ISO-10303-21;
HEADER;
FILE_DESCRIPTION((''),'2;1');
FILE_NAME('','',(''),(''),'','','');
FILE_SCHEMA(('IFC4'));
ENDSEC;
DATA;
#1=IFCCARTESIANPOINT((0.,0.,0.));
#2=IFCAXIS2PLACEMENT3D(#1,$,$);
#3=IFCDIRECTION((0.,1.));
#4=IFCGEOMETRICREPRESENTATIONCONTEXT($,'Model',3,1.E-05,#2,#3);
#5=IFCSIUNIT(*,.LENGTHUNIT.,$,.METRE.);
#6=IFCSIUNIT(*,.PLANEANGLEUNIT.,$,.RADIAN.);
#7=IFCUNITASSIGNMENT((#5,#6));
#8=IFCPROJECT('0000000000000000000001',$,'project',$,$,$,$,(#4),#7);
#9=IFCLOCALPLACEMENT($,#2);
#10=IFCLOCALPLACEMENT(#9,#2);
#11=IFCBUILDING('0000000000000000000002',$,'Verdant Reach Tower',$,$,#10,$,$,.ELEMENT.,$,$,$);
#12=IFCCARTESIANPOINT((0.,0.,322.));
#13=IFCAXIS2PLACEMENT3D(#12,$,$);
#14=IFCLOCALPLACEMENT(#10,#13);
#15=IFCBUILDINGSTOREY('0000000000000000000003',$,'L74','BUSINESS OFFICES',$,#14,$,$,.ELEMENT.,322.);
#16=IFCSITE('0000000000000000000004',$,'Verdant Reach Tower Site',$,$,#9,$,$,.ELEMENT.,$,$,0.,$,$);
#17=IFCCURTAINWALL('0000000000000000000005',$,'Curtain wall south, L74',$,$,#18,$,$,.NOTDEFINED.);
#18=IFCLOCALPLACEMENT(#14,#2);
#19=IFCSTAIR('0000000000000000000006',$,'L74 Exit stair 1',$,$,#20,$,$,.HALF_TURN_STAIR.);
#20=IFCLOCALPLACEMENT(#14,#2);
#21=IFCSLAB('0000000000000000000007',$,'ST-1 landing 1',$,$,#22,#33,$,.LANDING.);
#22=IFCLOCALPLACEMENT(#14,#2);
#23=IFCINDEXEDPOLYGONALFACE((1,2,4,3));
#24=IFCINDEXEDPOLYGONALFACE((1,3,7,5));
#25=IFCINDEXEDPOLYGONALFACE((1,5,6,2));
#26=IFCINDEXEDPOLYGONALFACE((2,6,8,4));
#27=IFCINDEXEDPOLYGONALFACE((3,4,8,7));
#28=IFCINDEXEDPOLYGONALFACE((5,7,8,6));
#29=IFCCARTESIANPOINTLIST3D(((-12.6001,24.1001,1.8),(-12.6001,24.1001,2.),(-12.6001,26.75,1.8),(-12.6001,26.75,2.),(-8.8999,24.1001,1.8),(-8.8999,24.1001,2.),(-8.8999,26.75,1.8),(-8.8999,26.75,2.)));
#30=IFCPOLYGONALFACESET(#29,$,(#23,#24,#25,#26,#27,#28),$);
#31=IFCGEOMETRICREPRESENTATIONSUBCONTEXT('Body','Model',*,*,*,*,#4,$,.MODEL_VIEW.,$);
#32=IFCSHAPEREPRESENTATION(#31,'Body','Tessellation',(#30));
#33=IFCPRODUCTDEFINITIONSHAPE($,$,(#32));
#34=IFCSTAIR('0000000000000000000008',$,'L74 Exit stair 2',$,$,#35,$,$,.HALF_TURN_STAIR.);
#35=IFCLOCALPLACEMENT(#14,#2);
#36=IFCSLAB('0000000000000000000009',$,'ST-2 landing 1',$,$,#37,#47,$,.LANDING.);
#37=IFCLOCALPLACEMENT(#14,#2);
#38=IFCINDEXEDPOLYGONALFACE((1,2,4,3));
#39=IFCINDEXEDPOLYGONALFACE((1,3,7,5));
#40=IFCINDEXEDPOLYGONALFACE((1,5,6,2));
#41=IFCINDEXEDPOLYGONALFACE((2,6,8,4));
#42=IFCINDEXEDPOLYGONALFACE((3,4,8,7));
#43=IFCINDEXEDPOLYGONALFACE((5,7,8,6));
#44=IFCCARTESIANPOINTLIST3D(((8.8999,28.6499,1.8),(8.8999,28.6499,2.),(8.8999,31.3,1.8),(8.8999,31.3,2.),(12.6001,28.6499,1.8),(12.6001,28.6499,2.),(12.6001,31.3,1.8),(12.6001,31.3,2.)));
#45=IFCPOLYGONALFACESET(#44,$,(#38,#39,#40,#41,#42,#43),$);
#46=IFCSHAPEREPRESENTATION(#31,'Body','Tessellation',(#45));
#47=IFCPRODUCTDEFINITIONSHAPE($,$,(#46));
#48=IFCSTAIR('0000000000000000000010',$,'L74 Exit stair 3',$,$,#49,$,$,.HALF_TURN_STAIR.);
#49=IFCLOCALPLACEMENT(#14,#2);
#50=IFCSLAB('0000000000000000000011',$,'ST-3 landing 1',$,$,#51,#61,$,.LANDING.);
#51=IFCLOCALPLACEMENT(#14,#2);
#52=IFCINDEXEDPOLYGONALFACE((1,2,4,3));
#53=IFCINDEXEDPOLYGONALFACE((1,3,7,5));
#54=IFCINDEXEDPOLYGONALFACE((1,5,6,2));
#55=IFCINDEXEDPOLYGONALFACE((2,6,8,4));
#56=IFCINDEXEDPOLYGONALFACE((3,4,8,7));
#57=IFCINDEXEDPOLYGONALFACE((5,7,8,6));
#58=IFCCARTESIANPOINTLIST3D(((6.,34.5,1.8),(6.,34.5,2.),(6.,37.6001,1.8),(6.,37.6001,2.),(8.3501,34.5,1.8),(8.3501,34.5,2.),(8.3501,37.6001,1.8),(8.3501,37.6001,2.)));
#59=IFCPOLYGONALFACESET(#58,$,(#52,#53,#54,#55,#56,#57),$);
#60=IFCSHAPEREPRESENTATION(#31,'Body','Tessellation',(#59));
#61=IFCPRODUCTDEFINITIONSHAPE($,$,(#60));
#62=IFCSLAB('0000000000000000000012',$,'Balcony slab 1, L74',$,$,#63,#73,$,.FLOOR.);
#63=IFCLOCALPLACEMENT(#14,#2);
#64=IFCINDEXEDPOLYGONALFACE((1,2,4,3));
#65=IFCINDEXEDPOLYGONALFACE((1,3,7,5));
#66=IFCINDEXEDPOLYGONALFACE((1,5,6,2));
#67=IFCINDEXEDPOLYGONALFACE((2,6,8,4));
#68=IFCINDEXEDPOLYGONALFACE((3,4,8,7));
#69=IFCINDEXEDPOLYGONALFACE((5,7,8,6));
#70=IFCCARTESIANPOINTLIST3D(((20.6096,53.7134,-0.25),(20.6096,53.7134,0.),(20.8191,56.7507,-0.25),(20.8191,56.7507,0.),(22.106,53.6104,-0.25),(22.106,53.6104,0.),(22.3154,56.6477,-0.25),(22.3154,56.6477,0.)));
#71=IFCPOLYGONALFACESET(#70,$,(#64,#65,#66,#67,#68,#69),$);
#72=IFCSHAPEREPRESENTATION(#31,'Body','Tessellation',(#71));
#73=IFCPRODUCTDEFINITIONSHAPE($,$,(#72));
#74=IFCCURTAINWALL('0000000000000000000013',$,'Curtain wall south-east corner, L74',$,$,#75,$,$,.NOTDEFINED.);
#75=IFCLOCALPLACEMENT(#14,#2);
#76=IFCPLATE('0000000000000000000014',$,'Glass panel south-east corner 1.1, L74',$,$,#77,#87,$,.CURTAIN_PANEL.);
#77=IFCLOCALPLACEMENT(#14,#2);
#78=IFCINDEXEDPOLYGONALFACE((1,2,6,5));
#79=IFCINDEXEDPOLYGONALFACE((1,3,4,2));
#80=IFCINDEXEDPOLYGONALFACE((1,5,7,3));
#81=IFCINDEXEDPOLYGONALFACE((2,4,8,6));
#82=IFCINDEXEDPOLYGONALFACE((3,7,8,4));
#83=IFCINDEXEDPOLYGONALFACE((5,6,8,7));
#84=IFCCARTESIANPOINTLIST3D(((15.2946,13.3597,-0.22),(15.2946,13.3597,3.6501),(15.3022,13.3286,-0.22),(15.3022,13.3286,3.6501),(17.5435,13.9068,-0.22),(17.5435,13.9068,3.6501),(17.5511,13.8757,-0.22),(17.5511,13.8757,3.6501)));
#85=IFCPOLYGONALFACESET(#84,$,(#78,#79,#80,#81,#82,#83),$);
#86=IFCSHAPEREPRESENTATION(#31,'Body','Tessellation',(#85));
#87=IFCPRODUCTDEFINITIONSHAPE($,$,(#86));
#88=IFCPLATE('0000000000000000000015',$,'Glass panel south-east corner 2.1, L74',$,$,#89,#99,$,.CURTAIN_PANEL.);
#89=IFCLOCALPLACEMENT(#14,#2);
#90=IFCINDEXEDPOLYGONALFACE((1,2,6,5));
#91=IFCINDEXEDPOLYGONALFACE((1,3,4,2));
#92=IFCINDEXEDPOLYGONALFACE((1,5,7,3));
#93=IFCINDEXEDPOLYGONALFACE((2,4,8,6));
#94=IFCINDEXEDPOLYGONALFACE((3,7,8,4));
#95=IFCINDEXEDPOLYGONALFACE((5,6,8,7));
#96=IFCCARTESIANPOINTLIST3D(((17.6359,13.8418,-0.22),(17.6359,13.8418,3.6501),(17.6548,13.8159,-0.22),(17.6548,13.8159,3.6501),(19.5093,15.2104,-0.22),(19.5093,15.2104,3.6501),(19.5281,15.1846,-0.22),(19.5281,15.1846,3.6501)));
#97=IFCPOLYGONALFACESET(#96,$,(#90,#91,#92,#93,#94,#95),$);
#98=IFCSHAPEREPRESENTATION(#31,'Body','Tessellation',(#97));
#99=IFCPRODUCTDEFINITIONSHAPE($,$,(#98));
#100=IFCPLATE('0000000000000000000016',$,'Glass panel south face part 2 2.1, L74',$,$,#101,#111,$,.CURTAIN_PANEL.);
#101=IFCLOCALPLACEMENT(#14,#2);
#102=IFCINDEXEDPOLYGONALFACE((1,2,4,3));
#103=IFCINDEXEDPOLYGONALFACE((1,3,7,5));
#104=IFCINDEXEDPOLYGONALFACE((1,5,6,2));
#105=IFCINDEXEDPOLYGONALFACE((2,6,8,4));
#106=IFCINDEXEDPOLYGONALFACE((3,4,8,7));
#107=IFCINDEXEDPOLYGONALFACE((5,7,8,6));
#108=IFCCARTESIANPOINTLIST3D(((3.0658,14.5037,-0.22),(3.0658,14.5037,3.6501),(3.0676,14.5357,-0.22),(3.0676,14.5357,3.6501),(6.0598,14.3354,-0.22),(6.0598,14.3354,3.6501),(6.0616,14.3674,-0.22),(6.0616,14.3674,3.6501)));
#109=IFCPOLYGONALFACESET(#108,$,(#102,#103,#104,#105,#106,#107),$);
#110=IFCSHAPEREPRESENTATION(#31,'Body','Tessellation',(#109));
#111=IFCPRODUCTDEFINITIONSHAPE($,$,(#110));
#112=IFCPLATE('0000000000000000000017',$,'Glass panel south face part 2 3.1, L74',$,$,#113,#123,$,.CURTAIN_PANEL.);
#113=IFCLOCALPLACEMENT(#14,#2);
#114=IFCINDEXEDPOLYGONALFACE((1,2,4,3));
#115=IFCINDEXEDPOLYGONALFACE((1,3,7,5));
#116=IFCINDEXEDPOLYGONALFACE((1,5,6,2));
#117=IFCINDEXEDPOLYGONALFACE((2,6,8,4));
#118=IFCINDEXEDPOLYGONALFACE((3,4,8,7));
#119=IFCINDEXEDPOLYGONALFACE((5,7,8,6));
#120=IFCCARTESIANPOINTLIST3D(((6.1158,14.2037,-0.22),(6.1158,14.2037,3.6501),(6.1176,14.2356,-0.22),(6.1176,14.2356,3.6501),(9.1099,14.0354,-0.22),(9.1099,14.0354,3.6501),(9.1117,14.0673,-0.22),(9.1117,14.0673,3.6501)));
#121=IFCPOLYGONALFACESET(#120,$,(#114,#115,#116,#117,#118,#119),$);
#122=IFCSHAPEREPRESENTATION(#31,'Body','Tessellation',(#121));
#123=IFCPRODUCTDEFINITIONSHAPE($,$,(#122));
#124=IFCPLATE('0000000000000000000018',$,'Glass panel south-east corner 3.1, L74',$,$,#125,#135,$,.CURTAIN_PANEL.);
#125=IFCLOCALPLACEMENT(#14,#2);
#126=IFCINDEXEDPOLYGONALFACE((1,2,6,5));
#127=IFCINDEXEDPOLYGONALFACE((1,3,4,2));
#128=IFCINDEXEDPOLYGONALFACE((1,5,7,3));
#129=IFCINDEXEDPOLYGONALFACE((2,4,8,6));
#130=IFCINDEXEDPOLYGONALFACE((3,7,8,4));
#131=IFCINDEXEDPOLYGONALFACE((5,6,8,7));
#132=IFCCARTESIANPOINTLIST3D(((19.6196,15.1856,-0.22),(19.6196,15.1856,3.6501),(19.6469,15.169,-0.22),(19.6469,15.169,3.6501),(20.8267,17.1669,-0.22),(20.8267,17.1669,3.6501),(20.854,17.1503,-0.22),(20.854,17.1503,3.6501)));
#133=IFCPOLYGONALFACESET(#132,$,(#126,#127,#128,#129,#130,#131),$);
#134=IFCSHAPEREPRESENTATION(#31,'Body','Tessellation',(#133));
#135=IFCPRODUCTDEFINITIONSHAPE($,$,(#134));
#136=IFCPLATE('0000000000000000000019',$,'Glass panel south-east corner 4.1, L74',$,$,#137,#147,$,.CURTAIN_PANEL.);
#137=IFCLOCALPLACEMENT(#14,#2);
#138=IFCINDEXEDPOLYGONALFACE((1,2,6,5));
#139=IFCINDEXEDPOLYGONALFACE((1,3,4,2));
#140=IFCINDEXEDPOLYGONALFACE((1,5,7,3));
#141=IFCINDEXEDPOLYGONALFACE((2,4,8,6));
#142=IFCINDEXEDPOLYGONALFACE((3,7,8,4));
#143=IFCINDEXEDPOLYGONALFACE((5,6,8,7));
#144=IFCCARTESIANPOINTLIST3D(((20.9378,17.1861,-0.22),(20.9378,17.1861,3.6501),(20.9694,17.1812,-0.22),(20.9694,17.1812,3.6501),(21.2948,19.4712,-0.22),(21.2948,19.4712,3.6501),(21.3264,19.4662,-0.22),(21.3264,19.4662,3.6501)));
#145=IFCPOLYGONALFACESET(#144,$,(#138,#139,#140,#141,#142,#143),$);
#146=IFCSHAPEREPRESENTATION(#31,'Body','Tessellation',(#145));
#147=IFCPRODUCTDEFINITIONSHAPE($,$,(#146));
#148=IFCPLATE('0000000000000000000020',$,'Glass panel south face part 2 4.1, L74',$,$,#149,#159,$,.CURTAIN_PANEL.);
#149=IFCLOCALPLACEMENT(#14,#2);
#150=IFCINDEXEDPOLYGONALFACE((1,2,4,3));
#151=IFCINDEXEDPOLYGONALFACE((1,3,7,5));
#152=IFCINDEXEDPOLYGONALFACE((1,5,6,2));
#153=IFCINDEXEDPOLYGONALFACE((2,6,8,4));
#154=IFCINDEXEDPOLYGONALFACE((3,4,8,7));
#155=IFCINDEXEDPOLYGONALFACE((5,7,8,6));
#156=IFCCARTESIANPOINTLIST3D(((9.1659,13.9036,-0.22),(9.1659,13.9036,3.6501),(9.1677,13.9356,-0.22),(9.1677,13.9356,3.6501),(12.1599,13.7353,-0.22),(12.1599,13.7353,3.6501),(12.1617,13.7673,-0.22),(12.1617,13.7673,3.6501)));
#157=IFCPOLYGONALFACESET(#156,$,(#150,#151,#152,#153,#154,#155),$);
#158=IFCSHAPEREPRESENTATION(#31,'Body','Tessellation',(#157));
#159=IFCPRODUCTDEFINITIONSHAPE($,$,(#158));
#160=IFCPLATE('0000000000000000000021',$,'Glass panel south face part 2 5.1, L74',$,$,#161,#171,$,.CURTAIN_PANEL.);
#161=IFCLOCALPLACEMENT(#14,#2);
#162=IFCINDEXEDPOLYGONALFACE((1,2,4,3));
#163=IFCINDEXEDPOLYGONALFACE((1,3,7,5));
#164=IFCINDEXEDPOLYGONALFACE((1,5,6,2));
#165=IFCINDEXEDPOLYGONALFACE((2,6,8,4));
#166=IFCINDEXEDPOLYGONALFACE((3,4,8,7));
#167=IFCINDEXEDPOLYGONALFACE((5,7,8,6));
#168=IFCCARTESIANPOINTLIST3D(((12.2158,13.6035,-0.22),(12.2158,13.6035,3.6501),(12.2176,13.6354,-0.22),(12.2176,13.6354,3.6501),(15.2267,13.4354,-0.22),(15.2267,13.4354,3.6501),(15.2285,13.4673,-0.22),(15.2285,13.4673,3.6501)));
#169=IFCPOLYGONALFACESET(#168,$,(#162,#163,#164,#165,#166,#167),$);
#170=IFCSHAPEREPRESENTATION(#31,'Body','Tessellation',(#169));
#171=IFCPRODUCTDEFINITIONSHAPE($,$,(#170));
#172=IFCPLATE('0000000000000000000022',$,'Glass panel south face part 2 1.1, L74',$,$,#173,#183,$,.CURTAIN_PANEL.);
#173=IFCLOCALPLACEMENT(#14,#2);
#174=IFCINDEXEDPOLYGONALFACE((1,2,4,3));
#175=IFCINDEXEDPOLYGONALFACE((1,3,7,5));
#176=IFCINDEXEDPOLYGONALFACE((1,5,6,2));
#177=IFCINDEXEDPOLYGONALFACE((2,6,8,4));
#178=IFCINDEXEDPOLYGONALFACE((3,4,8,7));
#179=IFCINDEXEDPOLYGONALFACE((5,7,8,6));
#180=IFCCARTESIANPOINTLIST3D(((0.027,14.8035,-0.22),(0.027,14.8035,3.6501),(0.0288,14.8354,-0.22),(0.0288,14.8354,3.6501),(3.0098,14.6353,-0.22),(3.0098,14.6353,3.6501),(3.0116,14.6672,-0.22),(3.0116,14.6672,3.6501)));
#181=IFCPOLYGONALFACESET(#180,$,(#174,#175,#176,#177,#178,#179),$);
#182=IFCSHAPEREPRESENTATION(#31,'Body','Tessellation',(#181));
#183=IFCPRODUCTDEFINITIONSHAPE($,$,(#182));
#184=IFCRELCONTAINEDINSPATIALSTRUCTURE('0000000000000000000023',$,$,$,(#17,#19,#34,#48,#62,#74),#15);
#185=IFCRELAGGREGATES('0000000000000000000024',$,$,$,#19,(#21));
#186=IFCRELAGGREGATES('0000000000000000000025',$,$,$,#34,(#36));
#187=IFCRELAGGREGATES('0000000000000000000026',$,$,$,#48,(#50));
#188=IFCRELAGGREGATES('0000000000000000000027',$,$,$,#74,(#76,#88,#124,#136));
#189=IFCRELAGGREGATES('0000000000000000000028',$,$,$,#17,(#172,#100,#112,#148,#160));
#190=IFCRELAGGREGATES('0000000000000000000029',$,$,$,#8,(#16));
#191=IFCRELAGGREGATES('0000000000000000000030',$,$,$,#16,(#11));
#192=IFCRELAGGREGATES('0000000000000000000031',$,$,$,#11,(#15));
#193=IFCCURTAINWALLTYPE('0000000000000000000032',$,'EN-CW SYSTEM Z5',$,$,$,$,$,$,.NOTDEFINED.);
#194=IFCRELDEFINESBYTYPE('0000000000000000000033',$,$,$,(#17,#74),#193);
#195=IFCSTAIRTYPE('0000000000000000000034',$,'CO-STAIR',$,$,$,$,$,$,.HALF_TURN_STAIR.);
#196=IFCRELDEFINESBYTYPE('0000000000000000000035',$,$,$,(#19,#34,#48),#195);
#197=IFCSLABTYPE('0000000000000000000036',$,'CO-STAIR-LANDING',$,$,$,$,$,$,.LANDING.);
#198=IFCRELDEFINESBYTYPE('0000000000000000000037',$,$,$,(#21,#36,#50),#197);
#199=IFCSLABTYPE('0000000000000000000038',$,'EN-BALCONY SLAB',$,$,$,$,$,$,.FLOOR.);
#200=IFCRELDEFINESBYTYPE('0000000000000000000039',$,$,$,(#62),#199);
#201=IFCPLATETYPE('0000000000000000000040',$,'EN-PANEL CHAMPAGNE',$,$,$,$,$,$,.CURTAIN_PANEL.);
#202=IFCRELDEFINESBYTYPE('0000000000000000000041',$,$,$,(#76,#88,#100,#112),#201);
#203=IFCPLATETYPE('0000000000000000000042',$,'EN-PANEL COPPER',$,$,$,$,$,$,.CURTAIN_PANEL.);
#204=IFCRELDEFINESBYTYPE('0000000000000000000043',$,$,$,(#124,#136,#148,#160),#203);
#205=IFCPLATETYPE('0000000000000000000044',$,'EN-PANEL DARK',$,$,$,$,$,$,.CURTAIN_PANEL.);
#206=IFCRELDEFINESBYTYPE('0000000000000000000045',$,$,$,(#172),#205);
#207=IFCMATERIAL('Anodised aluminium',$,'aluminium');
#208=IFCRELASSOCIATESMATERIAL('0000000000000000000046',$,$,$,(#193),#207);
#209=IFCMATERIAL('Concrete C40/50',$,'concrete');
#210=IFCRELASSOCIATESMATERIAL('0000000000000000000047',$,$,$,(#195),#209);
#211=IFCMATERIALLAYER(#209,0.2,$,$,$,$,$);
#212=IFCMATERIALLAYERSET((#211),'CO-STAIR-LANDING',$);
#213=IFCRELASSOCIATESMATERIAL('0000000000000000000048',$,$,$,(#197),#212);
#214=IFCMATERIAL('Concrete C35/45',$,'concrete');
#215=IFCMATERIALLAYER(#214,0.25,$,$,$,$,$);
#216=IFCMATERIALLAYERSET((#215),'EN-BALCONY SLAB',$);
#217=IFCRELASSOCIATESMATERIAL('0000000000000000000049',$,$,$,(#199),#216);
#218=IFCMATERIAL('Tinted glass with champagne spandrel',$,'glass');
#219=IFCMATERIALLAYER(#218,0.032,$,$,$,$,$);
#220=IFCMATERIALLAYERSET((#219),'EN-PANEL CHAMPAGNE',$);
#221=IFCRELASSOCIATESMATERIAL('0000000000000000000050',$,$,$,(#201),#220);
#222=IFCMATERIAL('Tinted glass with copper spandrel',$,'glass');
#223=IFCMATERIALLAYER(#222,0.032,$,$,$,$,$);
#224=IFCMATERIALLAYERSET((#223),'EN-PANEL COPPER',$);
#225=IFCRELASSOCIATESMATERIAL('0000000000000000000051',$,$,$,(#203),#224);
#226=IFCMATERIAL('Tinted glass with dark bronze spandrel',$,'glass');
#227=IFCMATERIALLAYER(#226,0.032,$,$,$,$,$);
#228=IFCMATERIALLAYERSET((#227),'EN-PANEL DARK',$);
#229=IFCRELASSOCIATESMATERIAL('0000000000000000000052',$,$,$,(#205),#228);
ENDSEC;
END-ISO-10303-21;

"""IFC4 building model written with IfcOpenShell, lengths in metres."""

from ifc_helpers import new_model, si_unit, direction, frame, origin, origin_2d, place, context, subcontext, project, spatial, polyline, rectangle, outline, extrude, material, layer, layer_set, type_object, element, aggregate, save


model = new_model("IFC4")

# Units and contexts
model_context = context("Model", 3, precision=1e-05, world=origin(), true_north=direction((0.0, 1.0)))
body_context = subcontext(model_context, "Body", "Model", "MODEL_VIEW")
ifc_project = project(units=[si_unit("LENGTHUNIT", "METRE"), si_unit("PLANEANGLEUNIT", "RADIAN")], contexts=[model_context])

# Site, building, storey
site_placement = place(None, origin())
site = spatial("IfcSite", under=ifc_project, at=site_placement, Name="Verdant Reach Tower Site", CompositionType="ELEMENT", RefElevation=0.0)
building_placement = place(site_placement, origin())
building = spatial("IfcBuilding", under=site, at=building_placement, Name="Verdant Reach Tower", CompositionType="ELEMENT")
storey_placement = place(building_placement, frame((0.0, 0.0, 322.0)))
storey = spatial("IfcBuildingStorey", under=building, at=storey_placement, Name="L74", Description="BUSINESS OFFICES", CompositionType="ELEMENT", Elevation=322.0)

# Curtain wall
ifc_material_1 = material(Name="Anodised aluminium", Category="aluminium")
curtain_wall_type = type_object("IfcCurtainWallType", Name="EN-CW SYSTEM Z5", PredefinedType="NOTDEFINED", material=ifc_material_1)
curtain_wall_1_placement = place(storey_placement, origin())
curtain_wall_1 = element("IfcCurtainWall", 1, at=curtain_wall_1_placement, inside=storey, type_object=curtain_wall_type, Name="Curtain wall south, L74", PredefinedType="NOTDEFINED")

# Stairs, slabs
ifc_material_2 = material(Name="Concrete C40/50", Category="concrete")
stair_type = type_object("IfcStairType", Name="CO-STAIR", PredefinedType="HALF_TURN_STAIR", material=ifc_material_2)
stair_1_placement = place(storey_placement, origin())
stair_1 = element("IfcStair", 2, at=stair_1_placement, inside=storey, type_object=stair_type, Name="L74 Exit stair 1", PredefinedType="HALF_TURN_STAIR")
ifc_layer_1 = layer(ifc_material_2, 0.2)
ifc_layer_set_1 = layer_set([ifc_layer_1], Name="CO-STAIR-LANDING")
slab_type_1 = type_object("IfcSlabType", Name="CO-STAIR-LANDING", PredefinedType="LANDING", material=ifc_layer_set_1)
slab_1_placement = place(storey_placement, frame((0.0, 0.0, 1.8)))
slab_1 = element("IfcSlab", 3, at=slab_1_placement, type_object=slab_type_1, Name="ST-1 landing 1", PredefinedType="LANDING", context=body_context, shape_type="SweptSolid", body=[
    extrude(outline(polyline([(-12.6001, 26.75), (-12.6001, 24.1001), (-8.8999, 24.1001), (-8.8999, 26.75), (-12.6001, 26.75)])), origin(), (0.0, 0.0, 1.0), 0.2),
])
aggregate(stair_1, [slab_1])
stair_2_placement = place(storey_placement, origin())
stair_2 = element("IfcStair", 4, at=stair_2_placement, inside=storey, type_object=stair_type, Name="L74 Exit stair 2", PredefinedType="HALF_TURN_STAIR")
slab_2_placement = place(storey_placement, frame((0.0, 0.0, 1.8)))
slab_2 = element("IfcSlab", 5, at=slab_2_placement, type_object=slab_type_1, Name="ST-2 landing 1", PredefinedType="LANDING", context=body_context, shape_type="SweptSolid", body=[
    extrude(outline(polyline([(12.6001, 28.6499), (12.6001, 31.3), (8.8999, 31.3), (8.8999, 28.6499), (12.6001, 28.6499)])), origin(), (0.0, 0.0, 1.0), 0.2),
])
aggregate(stair_2, [slab_2])
stair_3_placement = place(storey_placement, origin())
stair_3 = element("IfcStair", 6, at=stair_3_placement, inside=storey, type_object=stair_type, Name="L74 Exit stair 3", PredefinedType="HALF_TURN_STAIR")
slab_3_placement = place(storey_placement, frame((0.0, 0.0, 1.8)))
slab_3 = element("IfcSlab", 7, at=slab_3_placement, type_object=slab_type_1, Name="ST-3 landing 1", PredefinedType="LANDING", context=body_context, shape_type="SweptSolid", body=[
    extrude(outline(polyline([(8.3501, 37.6001), (6.0, 37.6001), (6.0, 34.5), (8.3501, 34.5), (8.3501, 37.6001)])), origin(), (0.0, 0.0, 1.0), 0.2),
])
aggregate(stair_3, [slab_3])

# Slab
ifc_material_3 = material(Name="Concrete C35/45", Category="concrete")
ifc_layer_2 = layer(ifc_material_3, 0.25)
ifc_layer_set_2 = layer_set([ifc_layer_2], Name="EN-BALCONY SLAB")
slab_type_2 = type_object("IfcSlabType", Name="EN-BALCONY SLAB", PredefinedType="FLOOR", material=ifc_layer_set_2)
slab_4_placement = place(storey_placement, frame((0.0, 0.0, -0.25)))
element("IfcSlab", 8, at=slab_4_placement, inside=storey, type_object=slab_type_2, Name="Balcony slab 1, L74", PredefinedType="FLOOR", context=body_context, shape_type="SweptSolid", body=[
    extrude(outline(polyline([(20.6096, 53.7134), (20.8191, 56.7507), (22.3154, 56.6477), (22.106, 53.6104), (20.6096, 53.7134)])), origin(), (0.0, 0.0, 1.0), 0.25),
])

# Curtain wall, plates
curtain_wall_2_placement = place(storey_placement, origin())
curtain_wall_2 = element("IfcCurtainWall", 9, at=curtain_wall_2_placement, inside=storey, type_object=curtain_wall_type, Name="Curtain wall south-east corner, L74", PredefinedType="NOTDEFINED")
ifc_material_4 = material(Name="Tinted glass with champagne spandrel", Category="glass")
ifc_layer_3 = layer(ifc_material_4, 0.032)
ifc_layer_set_3 = layer_set([ifc_layer_3], Name="EN-PANEL CHAMPAGNE")
plate_type_1 = type_object("IfcPlateType", Name="EN-PANEL CHAMPAGNE", PredefinedType="CURTAIN_PANEL", material=ifc_layer_set_3)
plate_1_placement = place(storey_placement, frame((16.4229, 13.6177, -0.22), z_axis=(0.0, 0.0, 1.0), x_axis=(0.971662, 0.236376, 0.0)))
plate_1 = element("IfcPlate", 10, at=plate_1_placement, type_object=plate_type_1, Name="Glass panel south-east corner 1.1, L74", PredefinedType="CURTAIN_PANEL", context=body_context, shape_type="SweptSolid", body=[
    extrude(rectangle(XDim=2.3145, YDim=0.032, at=origin_2d()), origin(), (0.0, 0.0, 1.0), 3.8701),
])
plate_2_placement = place(storey_placement, frame((18.582, 14.5132, -0.22), z_axis=(0.0, 0.0, 1.0), x_axis=(0.807457, 0.589927, 0.0)))
plate_2 = element("IfcPlate", 11, at=plate_2_placement, type_object=plate_type_1, Name="Glass panel south-east corner 2.1, L74", PredefinedType="CURTAIN_PANEL", context=body_context, shape_type="SweptSolid", body=[
    extrude(rectangle(XDim=2.3201, YDim=0.032, at=origin_2d()), origin(), (0.0, 0.0, 1.0), 3.8701),
])

# Plates
plate_3_placement = place(storey_placement, frame((4.5637, 14.4355, -0.22), z_axis=(0.0, 0.0, 1.0), x_axis=(0.998424, -0.056128, 0.0)))
plate_3 = element("IfcPlate", 12, at=plate_3_placement, type_object=plate_type_1, Name="Glass panel south face part 2 2.1, L74", PredefinedType="CURTAIN_PANEL", context=body_context, shape_type="SweptSolid", body=[
    extrude(rectangle(XDim=2.9988, YDim=0.032, at=origin_2d()), origin(), (0.0, 0.0, 1.0), 3.8701),
])
plate_4_placement = place(storey_placement, frame((7.6138, 14.1355, -0.22), z_axis=(0.0, 0.0, 1.0), x_axis=(0.998424, -0.056128, 0.0)))
plate_4 = element("IfcPlate", 13, at=plate_4_placement, type_object=plate_type_1, Name="Glass panel south face part 2 3.1, L74", PredefinedType="CURTAIN_PANEL", context=body_context, shape_type="SweptSolid", body=[
    extrude(rectangle(XDim=2.9988, YDim=0.032, at=origin_2d()), origin(), (0.0, 0.0, 1.0), 3.8701),
])
ifc_material_5 = material(Name="Tinted glass with copper spandrel", Category="glass")
ifc_layer_4 = layer(ifc_material_5, 0.032)
ifc_layer_set_4 = layer_set([ifc_layer_4], Name="EN-PANEL COPPER")
plate_type_2 = type_object("IfcPlateType", Name="EN-PANEL COPPER", PredefinedType="CURTAIN_PANEL", material=ifc_layer_set_4)
plate_5_placement = place(storey_placement, frame((20.2368, 16.168, -0.22), z_axis=(0.0, 0.0, 1.0), x_axis=(0.520292, 0.853989, 0.0)))
plate_5 = element("IfcPlate", 14, at=plate_5_placement, type_object=plate_type_2, Name="Glass panel south-east corner 3.1, L74", PredefinedType="CURTAIN_PANEL", context=body_context, shape_type="SweptSolid", body=[
    extrude(rectangle(XDim=2.3201, YDim=0.032, at=origin_2d()), origin(), (0.0, 0.0, 1.0), 3.8701),
])
plate_6_placement = place(storey_placement, frame((21.1321, 18.3262, -0.22), z_axis=(0.0, 0.0, 1.0), x_axis=(0.154337, 0.988018, 0.0)))
plate_6 = element("IfcPlate", 15, at=plate_6_placement, type_object=plate_type_2, Name="Glass panel south-east corner 4.1, L74", PredefinedType="CURTAIN_PANEL", context=body_context, shape_type="SweptSolid", body=[
    extrude(rectangle(XDim=2.3127, YDim=0.032, at=origin_2d()), origin(), (0.0, 0.0, 1.0), 3.8701),
])
aggregate(curtain_wall_2, [plate_1, plate_2, plate_5, plate_6])
plate_7_placement = place(storey_placement, frame((10.6638, 13.8354, -0.22), z_axis=(0.0, 0.0, 1.0), x_axis=(0.998424, -0.056128, 0.0)))
plate_7 = element("IfcPlate", 16, at=plate_7_placement, type_object=plate_type_2, Name="Glass panel south face part 2 4.1, L74", PredefinedType="CURTAIN_PANEL", context=body_context, shape_type="SweptSolid", body=[
    extrude(rectangle(XDim=2.9988, YDim=0.032, at=origin_2d()), origin(), (0.0, 0.0, 1.0), 3.8701),
])
plate_8_placement = place(storey_placement, frame((13.7222, 13.5354, -0.22), z_axis=(0.0, 0.0, 1.0), x_axis=(0.998446, -0.055725, 0.0)))
plate_8 = element("IfcPlate", 17, at=plate_8_placement, type_object=plate_type_2, Name="Glass panel south face part 2 5.1, L74", PredefinedType="CURTAIN_PANEL", context=body_context, shape_type="SweptSolid", body=[
    extrude(rectangle(XDim=3.0156, YDim=0.032, at=origin_2d()), origin(), (0.0, 0.0, 1.0), 3.8701),
])
ifc_material_6 = material(Name="Tinted glass with dark bronze spandrel", Category="glass")
ifc_layer_5 = layer(ifc_material_6, 0.032)
ifc_layer_set_5 = layer_set([ifc_layer_5], Name="EN-PANEL DARK")
plate_type_3 = type_object("IfcPlateType", Name="EN-PANEL DARK", PredefinedType="CURTAIN_PANEL", material=ifc_layer_set_5)
plate_9_placement = place(storey_placement, frame((1.5193, 14.7354, -0.22), z_axis=(0.0, 0.0, 1.0), x_axis=(0.998413, -0.056308, 0.0)))
plate_9 = element("IfcPlate", 18, at=plate_9_placement, type_object=plate_type_3, Name="Glass panel south face part 2 1.1, L74", PredefinedType="CURTAIN_PANEL", context=body_context, shape_type="SweptSolid", body=[
    extrude(rectangle(XDim=2.9875, YDim=0.032, at=origin_2d()), origin(), (0.0, 0.0, 1.0), 3.8701),
])
aggregate(curtain_wall_1, [plate_9, plate_3, plate_4, plate_7, plate_8])

save(model, "model.ifc")
